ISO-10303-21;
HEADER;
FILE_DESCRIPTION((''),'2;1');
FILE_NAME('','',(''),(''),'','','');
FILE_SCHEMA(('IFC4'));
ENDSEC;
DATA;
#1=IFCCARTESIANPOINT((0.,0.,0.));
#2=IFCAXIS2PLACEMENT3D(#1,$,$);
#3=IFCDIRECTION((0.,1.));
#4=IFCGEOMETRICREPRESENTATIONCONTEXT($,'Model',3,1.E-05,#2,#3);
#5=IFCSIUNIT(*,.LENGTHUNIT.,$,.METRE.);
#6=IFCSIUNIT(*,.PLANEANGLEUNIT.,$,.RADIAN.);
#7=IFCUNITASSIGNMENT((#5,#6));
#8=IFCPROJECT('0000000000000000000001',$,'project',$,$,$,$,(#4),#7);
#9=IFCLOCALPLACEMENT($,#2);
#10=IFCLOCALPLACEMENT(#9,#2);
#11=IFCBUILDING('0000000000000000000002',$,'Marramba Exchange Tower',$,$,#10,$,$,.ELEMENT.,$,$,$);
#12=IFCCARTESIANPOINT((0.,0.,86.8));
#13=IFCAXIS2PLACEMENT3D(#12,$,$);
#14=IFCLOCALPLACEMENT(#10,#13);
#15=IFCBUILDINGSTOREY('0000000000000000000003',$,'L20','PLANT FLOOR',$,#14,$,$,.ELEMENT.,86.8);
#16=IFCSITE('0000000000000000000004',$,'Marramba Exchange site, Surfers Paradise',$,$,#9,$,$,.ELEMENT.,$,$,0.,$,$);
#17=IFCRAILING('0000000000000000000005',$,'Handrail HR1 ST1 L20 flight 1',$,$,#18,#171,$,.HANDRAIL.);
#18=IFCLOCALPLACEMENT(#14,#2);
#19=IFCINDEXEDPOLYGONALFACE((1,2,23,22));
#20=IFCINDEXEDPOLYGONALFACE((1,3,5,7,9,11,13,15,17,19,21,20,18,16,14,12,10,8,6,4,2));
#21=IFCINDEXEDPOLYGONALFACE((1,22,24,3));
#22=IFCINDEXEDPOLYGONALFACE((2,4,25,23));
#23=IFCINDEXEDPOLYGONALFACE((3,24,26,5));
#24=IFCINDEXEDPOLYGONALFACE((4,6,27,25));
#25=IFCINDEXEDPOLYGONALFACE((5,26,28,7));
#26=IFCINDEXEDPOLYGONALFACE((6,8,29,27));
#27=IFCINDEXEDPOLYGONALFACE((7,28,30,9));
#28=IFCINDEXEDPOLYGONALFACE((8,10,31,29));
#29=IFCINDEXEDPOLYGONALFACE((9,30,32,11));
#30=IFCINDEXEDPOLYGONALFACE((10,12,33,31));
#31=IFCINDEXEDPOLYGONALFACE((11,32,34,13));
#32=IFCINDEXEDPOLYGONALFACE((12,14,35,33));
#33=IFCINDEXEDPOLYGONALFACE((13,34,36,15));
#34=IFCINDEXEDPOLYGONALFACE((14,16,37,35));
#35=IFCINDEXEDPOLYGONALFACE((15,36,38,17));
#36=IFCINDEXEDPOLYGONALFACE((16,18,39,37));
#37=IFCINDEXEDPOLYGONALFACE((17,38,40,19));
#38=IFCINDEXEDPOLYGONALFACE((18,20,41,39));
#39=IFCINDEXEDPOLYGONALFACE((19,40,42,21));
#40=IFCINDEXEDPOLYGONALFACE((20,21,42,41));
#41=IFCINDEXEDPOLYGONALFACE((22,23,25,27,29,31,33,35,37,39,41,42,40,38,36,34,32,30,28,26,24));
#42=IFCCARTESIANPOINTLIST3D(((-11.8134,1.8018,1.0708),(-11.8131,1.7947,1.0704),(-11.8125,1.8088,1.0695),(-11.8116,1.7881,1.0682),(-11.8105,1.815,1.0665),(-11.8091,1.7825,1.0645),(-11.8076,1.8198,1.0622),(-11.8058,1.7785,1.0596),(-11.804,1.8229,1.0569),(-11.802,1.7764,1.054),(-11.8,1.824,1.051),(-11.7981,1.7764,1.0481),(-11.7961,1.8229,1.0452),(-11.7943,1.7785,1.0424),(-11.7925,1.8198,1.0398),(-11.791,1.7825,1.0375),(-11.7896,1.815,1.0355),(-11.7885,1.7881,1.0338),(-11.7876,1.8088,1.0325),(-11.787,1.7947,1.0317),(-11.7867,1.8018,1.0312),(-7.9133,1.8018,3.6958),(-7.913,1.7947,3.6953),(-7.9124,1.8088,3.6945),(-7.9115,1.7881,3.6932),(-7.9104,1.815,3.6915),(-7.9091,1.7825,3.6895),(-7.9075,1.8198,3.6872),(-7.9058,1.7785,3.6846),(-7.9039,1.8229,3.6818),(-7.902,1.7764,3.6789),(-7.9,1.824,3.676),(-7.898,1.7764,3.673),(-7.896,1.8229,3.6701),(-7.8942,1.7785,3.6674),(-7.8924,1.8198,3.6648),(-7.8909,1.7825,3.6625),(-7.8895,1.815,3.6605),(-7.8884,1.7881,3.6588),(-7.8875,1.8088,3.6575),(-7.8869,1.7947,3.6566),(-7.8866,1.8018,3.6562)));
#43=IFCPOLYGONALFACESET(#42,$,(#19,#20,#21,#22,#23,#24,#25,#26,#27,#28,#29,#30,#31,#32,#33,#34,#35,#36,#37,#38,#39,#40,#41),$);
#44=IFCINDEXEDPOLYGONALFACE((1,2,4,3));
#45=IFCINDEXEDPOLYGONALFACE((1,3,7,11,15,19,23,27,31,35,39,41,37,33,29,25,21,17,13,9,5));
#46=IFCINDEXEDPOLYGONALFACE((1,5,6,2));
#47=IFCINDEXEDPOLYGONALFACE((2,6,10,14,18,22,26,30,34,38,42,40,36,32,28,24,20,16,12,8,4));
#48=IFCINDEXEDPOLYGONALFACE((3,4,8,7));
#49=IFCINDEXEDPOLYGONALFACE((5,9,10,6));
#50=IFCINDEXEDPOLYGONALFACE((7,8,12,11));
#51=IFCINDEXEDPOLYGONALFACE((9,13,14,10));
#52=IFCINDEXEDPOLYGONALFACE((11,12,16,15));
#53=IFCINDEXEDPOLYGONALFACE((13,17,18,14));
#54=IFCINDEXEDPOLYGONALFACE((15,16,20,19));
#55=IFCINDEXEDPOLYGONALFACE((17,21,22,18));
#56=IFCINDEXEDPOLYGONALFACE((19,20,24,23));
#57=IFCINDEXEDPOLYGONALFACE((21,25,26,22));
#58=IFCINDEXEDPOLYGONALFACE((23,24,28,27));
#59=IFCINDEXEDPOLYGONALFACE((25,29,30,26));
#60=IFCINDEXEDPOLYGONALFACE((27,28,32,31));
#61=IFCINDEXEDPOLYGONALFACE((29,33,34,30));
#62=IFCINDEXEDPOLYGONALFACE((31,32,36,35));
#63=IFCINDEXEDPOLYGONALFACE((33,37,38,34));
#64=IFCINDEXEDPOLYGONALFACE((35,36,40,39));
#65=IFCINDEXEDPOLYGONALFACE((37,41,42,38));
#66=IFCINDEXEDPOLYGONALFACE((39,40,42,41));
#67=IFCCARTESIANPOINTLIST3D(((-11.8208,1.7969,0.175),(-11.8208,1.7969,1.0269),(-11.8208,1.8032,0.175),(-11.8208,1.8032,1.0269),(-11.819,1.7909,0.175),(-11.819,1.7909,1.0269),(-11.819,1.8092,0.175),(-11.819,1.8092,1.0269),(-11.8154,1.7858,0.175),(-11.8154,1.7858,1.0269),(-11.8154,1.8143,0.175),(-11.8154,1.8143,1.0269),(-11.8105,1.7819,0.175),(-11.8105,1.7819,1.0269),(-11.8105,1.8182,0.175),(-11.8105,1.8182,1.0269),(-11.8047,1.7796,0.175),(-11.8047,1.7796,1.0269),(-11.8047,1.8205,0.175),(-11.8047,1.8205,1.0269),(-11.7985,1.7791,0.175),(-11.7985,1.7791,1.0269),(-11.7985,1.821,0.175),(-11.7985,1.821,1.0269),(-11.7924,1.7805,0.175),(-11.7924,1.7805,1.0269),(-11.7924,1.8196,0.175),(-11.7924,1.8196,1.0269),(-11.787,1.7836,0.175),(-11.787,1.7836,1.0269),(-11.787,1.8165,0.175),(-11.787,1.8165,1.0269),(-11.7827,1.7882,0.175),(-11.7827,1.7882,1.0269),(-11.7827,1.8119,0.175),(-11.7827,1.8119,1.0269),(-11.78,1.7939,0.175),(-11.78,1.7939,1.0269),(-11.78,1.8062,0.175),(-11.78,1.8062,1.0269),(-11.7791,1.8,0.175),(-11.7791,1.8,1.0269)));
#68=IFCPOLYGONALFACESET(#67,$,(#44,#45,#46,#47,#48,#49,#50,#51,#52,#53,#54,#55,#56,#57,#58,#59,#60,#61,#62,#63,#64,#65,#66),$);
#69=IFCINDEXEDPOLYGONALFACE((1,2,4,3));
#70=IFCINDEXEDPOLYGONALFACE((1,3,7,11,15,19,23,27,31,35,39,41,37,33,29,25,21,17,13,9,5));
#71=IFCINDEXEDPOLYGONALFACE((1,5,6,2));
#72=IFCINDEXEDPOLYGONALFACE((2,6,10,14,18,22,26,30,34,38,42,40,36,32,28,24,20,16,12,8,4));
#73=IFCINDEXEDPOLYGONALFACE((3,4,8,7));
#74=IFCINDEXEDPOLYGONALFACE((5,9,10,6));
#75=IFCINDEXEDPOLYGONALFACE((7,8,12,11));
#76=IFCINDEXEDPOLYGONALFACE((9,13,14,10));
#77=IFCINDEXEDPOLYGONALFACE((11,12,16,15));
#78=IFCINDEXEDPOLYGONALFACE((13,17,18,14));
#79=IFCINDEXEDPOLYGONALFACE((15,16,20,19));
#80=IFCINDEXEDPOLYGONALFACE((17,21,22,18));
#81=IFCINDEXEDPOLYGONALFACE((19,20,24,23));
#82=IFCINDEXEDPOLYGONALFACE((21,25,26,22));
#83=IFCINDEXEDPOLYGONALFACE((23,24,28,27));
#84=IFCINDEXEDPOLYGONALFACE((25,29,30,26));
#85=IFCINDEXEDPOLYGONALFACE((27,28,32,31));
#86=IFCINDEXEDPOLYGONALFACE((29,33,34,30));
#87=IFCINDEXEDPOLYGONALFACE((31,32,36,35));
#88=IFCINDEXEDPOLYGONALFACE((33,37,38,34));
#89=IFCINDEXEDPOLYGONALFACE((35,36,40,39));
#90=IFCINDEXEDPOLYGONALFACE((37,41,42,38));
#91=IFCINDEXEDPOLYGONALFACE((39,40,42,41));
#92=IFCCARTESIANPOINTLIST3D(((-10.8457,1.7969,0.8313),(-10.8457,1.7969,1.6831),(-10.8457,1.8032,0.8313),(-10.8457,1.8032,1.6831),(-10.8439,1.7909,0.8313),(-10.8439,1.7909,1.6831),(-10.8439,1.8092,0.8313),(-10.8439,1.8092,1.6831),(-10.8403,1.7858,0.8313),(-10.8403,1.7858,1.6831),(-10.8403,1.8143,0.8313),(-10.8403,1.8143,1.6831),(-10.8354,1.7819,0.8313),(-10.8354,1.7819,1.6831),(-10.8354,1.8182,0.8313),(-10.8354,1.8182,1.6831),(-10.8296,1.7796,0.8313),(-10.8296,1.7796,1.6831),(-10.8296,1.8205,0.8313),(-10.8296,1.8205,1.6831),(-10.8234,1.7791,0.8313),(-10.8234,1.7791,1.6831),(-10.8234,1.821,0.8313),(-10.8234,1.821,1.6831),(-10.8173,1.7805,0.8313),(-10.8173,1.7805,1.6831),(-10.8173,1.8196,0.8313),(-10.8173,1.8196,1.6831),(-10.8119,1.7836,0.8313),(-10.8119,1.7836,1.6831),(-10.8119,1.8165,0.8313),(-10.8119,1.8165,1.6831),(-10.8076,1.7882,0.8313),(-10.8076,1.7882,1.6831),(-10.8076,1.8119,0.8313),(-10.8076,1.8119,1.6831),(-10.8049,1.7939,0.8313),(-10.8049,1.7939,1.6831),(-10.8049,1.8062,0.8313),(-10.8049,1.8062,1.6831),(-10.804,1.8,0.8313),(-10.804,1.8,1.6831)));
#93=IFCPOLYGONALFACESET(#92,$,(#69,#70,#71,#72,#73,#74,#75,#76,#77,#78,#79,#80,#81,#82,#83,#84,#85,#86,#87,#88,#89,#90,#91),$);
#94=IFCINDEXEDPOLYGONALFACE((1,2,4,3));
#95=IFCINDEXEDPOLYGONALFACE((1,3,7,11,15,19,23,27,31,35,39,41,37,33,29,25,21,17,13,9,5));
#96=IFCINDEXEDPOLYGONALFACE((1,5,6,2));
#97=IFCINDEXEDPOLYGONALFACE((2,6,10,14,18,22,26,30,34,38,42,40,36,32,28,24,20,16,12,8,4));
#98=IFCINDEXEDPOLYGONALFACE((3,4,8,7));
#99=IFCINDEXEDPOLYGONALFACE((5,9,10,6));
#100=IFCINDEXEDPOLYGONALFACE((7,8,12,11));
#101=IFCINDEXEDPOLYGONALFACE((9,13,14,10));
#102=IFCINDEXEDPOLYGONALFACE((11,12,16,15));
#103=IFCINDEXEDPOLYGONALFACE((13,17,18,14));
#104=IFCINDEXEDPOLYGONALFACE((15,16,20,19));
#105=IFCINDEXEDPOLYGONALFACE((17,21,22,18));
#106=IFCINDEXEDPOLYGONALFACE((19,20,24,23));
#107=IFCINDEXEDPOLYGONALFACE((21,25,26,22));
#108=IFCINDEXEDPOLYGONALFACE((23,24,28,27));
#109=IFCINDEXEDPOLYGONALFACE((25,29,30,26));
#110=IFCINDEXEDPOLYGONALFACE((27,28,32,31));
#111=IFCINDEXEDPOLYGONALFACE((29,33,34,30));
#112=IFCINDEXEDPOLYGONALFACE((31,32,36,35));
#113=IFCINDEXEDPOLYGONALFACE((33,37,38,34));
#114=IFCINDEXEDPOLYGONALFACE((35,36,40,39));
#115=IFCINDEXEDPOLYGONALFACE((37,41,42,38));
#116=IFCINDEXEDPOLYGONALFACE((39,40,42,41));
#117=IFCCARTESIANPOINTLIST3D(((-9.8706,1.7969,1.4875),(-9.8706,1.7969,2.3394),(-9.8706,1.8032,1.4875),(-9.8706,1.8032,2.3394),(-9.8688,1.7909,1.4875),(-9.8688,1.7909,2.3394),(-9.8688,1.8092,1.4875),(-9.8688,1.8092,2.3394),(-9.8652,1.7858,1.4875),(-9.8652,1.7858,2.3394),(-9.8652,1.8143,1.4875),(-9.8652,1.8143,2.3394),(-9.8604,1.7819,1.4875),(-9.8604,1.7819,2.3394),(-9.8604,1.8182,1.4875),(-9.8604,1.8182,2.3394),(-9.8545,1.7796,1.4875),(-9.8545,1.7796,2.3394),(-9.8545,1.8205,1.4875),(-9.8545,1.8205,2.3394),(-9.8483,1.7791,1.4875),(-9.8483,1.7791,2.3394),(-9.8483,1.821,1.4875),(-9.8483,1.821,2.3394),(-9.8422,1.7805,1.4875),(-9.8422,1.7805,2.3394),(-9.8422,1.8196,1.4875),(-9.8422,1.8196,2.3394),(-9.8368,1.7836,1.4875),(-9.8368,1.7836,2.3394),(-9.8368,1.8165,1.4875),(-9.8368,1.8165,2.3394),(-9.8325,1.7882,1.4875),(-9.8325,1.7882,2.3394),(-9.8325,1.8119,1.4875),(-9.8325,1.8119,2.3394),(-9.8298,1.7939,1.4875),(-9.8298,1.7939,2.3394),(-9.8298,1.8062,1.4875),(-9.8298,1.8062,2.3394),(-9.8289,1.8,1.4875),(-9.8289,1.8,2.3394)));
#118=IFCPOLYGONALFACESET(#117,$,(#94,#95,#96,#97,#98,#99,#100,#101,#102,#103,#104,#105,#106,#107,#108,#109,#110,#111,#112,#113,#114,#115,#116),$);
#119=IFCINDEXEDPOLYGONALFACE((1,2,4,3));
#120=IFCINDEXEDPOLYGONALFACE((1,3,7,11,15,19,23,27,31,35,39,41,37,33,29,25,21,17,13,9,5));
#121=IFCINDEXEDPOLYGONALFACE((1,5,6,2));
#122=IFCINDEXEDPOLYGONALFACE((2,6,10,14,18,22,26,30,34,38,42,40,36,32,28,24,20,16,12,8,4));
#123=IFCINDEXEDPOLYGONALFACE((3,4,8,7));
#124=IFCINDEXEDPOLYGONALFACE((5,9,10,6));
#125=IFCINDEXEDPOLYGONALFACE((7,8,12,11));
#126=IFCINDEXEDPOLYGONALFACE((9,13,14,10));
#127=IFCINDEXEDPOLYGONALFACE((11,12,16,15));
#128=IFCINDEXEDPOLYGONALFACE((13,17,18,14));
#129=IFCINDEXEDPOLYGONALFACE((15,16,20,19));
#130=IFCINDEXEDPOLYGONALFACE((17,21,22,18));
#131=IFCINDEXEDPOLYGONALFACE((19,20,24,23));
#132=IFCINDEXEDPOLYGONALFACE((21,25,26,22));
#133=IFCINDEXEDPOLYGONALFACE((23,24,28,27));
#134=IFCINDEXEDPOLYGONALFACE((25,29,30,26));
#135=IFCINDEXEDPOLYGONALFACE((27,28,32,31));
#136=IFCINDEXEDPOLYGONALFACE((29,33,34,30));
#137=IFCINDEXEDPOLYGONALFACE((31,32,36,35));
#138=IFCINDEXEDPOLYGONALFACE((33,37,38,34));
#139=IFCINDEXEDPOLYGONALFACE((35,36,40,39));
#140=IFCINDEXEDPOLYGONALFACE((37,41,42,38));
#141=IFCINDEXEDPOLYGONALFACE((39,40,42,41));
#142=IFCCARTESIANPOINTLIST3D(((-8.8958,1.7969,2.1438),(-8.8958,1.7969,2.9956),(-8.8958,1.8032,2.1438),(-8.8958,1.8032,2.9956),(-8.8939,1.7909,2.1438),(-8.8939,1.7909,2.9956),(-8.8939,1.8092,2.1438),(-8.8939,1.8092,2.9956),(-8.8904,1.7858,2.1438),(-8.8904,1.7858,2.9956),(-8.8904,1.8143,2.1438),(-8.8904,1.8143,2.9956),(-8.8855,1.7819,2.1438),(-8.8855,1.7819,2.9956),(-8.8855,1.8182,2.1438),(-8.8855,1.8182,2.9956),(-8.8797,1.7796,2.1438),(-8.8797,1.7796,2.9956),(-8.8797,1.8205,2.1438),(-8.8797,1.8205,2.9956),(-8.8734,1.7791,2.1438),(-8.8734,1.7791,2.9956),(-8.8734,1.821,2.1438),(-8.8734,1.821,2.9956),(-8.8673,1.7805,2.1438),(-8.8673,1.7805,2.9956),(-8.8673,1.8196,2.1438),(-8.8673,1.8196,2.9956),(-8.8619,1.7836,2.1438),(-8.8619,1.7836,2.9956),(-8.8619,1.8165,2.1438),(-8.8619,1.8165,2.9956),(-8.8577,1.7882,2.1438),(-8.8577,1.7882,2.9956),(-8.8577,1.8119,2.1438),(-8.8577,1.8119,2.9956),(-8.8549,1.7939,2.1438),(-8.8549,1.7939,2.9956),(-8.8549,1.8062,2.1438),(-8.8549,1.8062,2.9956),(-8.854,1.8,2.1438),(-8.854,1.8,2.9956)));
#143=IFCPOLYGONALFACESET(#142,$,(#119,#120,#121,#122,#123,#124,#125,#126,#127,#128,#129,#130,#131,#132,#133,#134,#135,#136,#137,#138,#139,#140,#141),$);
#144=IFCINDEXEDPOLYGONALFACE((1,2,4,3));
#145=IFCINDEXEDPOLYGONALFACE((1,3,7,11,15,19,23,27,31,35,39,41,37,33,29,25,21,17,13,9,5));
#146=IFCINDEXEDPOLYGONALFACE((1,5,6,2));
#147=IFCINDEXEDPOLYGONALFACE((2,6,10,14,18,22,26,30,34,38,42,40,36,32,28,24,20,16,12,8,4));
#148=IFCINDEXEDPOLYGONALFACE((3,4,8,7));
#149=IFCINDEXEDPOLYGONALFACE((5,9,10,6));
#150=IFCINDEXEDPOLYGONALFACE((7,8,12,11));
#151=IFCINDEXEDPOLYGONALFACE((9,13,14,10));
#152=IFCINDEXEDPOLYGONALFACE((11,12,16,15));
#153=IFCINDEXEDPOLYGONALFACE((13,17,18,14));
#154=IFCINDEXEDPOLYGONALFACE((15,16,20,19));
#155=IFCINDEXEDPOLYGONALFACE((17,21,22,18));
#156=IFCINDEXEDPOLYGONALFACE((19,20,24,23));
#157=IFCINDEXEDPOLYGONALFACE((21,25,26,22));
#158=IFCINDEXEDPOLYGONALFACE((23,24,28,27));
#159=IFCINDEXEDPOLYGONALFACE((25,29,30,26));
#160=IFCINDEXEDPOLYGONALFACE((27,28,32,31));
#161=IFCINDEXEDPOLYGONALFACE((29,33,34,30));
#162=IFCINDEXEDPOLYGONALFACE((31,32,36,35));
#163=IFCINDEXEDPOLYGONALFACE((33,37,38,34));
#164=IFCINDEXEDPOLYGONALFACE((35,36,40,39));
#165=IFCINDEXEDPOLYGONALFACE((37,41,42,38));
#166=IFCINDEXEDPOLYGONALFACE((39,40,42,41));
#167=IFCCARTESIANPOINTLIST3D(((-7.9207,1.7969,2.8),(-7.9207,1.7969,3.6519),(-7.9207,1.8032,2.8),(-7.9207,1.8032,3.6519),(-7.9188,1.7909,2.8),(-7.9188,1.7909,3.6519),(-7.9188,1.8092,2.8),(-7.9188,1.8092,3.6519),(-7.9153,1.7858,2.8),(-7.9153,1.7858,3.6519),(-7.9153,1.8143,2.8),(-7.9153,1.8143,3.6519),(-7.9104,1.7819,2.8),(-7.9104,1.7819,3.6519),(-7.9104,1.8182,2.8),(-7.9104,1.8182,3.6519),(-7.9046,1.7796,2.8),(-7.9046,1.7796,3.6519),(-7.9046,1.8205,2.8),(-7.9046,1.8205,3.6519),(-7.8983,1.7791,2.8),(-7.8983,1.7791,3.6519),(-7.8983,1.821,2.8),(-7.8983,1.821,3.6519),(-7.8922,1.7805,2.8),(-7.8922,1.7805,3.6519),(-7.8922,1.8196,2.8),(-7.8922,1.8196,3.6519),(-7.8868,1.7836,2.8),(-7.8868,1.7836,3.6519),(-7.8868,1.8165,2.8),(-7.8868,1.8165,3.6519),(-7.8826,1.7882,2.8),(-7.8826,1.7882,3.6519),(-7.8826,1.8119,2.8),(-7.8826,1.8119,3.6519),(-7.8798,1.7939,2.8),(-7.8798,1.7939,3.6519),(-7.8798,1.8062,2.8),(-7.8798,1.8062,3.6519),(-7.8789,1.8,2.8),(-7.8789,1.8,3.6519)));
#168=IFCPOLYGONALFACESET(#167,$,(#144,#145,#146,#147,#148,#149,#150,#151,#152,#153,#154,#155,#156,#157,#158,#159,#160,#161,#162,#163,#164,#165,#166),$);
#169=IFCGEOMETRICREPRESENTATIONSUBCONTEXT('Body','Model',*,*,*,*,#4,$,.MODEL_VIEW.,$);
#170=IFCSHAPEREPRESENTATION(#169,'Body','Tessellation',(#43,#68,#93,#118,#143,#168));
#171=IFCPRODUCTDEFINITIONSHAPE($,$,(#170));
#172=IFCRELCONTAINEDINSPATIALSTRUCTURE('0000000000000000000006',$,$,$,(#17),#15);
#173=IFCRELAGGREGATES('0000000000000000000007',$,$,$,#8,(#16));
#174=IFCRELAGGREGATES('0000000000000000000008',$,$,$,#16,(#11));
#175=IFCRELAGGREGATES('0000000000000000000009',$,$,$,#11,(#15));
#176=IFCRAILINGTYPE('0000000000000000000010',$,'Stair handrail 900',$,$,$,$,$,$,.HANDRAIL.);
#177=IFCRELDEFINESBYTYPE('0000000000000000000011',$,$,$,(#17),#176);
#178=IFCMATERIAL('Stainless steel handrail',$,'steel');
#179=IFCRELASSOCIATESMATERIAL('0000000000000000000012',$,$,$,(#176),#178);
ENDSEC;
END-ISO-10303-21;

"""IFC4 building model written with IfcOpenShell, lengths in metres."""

from ifc_helpers import new_model, si_unit, direction, frame, origin, origin_2d, place, context, subcontext, project, spatial, circle, extrude, material, type_object, element, save


model = new_model("IFC4")

# Units and contexts
model_context = context("Model", 3, precision=1e-05, world=origin(), true_north=direction((0.0, 1.0)))
body_context = subcontext(model_context, "Body", "Model", "MODEL_VIEW")
ifc_project = project(units=[si_unit("LENGTHUNIT", "METRE"), si_unit("PLANEANGLEUNIT", "RADIAN")], contexts=[model_context])

# Site, building, storey
site_placement = place(None, origin())
site = spatial("IfcSite", under=ifc_project, at=site_placement, Name="Marramba Exchange site, Surfers Paradise", CompositionType="ELEMENT", RefElevation=0.0)
building_placement = place(site_placement, origin())
building = spatial("IfcBuilding", under=site, at=building_placement, Name="Marramba Exchange Tower", CompositionType="ELEMENT")
storey_placement = place(building_placement, frame((0.0, 0.0, 86.8)))
storey = spatial("IfcBuildingStorey", under=building, at=storey_placement, Name="L20", Description="PLANT FLOOR", CompositionType="ELEMENT", Elevation=86.8)

# Railing
ifc_material_1 = material(Name="Stainless steel handrail", Category="steel")
railing_type = type_object("IfcRailingType", Name="Stair handrail 900", PredefinedType="HANDRAIL", material=ifc_material_1)
railing_placement = place(storey_placement, frame((-11.8, 1.8, 0.175)))
element("IfcRailing", 1, at=railing_placement, inside=storey, type_object=railing_type, Name="Handrail HR1 ST1 L20 flight 1", PredefinedType="HANDRAIL", context=body_context, shape_type="SweptSolid", body=[
    extrude(circle(Radius=0.0239, at=origin_2d()), frame((0.0, 0.0, 0.876), z_axis=(0.829597, 0.0, 0.558362), x_axis=(0.0, 1.0, 0.0)), (0.0, 0.0, 1.0), 4.7012),
    extrude(circle(Radius=0.021, at=origin_2d()), origin(), (0.0, 0.0, 1.0), 0.8518),
    extrude(circle(Radius=0.021, at=origin_2d()), frame((0.9751, 0.0, 0.6562)), (0.0, 0.0, 1.0), 0.8518),
    extrude(circle(Radius=0.021, at=origin_2d()), frame((1.9502, 0.0, 1.3125)), (0.0, 0.0, 1.0), 0.8518),
    extrude(circle(Radius=0.021, at=origin_2d()), frame((2.925, 0.0, 1.9688)), (0.0, 0.0, 1.0), 0.8518),
    extrude(circle(Radius=0.021, at=origin_2d()), frame((3.9001, 0.0, 2.625)), (0.0, 0.0, 1.0), 0.8518),
])

save(model, "model.ifc")
